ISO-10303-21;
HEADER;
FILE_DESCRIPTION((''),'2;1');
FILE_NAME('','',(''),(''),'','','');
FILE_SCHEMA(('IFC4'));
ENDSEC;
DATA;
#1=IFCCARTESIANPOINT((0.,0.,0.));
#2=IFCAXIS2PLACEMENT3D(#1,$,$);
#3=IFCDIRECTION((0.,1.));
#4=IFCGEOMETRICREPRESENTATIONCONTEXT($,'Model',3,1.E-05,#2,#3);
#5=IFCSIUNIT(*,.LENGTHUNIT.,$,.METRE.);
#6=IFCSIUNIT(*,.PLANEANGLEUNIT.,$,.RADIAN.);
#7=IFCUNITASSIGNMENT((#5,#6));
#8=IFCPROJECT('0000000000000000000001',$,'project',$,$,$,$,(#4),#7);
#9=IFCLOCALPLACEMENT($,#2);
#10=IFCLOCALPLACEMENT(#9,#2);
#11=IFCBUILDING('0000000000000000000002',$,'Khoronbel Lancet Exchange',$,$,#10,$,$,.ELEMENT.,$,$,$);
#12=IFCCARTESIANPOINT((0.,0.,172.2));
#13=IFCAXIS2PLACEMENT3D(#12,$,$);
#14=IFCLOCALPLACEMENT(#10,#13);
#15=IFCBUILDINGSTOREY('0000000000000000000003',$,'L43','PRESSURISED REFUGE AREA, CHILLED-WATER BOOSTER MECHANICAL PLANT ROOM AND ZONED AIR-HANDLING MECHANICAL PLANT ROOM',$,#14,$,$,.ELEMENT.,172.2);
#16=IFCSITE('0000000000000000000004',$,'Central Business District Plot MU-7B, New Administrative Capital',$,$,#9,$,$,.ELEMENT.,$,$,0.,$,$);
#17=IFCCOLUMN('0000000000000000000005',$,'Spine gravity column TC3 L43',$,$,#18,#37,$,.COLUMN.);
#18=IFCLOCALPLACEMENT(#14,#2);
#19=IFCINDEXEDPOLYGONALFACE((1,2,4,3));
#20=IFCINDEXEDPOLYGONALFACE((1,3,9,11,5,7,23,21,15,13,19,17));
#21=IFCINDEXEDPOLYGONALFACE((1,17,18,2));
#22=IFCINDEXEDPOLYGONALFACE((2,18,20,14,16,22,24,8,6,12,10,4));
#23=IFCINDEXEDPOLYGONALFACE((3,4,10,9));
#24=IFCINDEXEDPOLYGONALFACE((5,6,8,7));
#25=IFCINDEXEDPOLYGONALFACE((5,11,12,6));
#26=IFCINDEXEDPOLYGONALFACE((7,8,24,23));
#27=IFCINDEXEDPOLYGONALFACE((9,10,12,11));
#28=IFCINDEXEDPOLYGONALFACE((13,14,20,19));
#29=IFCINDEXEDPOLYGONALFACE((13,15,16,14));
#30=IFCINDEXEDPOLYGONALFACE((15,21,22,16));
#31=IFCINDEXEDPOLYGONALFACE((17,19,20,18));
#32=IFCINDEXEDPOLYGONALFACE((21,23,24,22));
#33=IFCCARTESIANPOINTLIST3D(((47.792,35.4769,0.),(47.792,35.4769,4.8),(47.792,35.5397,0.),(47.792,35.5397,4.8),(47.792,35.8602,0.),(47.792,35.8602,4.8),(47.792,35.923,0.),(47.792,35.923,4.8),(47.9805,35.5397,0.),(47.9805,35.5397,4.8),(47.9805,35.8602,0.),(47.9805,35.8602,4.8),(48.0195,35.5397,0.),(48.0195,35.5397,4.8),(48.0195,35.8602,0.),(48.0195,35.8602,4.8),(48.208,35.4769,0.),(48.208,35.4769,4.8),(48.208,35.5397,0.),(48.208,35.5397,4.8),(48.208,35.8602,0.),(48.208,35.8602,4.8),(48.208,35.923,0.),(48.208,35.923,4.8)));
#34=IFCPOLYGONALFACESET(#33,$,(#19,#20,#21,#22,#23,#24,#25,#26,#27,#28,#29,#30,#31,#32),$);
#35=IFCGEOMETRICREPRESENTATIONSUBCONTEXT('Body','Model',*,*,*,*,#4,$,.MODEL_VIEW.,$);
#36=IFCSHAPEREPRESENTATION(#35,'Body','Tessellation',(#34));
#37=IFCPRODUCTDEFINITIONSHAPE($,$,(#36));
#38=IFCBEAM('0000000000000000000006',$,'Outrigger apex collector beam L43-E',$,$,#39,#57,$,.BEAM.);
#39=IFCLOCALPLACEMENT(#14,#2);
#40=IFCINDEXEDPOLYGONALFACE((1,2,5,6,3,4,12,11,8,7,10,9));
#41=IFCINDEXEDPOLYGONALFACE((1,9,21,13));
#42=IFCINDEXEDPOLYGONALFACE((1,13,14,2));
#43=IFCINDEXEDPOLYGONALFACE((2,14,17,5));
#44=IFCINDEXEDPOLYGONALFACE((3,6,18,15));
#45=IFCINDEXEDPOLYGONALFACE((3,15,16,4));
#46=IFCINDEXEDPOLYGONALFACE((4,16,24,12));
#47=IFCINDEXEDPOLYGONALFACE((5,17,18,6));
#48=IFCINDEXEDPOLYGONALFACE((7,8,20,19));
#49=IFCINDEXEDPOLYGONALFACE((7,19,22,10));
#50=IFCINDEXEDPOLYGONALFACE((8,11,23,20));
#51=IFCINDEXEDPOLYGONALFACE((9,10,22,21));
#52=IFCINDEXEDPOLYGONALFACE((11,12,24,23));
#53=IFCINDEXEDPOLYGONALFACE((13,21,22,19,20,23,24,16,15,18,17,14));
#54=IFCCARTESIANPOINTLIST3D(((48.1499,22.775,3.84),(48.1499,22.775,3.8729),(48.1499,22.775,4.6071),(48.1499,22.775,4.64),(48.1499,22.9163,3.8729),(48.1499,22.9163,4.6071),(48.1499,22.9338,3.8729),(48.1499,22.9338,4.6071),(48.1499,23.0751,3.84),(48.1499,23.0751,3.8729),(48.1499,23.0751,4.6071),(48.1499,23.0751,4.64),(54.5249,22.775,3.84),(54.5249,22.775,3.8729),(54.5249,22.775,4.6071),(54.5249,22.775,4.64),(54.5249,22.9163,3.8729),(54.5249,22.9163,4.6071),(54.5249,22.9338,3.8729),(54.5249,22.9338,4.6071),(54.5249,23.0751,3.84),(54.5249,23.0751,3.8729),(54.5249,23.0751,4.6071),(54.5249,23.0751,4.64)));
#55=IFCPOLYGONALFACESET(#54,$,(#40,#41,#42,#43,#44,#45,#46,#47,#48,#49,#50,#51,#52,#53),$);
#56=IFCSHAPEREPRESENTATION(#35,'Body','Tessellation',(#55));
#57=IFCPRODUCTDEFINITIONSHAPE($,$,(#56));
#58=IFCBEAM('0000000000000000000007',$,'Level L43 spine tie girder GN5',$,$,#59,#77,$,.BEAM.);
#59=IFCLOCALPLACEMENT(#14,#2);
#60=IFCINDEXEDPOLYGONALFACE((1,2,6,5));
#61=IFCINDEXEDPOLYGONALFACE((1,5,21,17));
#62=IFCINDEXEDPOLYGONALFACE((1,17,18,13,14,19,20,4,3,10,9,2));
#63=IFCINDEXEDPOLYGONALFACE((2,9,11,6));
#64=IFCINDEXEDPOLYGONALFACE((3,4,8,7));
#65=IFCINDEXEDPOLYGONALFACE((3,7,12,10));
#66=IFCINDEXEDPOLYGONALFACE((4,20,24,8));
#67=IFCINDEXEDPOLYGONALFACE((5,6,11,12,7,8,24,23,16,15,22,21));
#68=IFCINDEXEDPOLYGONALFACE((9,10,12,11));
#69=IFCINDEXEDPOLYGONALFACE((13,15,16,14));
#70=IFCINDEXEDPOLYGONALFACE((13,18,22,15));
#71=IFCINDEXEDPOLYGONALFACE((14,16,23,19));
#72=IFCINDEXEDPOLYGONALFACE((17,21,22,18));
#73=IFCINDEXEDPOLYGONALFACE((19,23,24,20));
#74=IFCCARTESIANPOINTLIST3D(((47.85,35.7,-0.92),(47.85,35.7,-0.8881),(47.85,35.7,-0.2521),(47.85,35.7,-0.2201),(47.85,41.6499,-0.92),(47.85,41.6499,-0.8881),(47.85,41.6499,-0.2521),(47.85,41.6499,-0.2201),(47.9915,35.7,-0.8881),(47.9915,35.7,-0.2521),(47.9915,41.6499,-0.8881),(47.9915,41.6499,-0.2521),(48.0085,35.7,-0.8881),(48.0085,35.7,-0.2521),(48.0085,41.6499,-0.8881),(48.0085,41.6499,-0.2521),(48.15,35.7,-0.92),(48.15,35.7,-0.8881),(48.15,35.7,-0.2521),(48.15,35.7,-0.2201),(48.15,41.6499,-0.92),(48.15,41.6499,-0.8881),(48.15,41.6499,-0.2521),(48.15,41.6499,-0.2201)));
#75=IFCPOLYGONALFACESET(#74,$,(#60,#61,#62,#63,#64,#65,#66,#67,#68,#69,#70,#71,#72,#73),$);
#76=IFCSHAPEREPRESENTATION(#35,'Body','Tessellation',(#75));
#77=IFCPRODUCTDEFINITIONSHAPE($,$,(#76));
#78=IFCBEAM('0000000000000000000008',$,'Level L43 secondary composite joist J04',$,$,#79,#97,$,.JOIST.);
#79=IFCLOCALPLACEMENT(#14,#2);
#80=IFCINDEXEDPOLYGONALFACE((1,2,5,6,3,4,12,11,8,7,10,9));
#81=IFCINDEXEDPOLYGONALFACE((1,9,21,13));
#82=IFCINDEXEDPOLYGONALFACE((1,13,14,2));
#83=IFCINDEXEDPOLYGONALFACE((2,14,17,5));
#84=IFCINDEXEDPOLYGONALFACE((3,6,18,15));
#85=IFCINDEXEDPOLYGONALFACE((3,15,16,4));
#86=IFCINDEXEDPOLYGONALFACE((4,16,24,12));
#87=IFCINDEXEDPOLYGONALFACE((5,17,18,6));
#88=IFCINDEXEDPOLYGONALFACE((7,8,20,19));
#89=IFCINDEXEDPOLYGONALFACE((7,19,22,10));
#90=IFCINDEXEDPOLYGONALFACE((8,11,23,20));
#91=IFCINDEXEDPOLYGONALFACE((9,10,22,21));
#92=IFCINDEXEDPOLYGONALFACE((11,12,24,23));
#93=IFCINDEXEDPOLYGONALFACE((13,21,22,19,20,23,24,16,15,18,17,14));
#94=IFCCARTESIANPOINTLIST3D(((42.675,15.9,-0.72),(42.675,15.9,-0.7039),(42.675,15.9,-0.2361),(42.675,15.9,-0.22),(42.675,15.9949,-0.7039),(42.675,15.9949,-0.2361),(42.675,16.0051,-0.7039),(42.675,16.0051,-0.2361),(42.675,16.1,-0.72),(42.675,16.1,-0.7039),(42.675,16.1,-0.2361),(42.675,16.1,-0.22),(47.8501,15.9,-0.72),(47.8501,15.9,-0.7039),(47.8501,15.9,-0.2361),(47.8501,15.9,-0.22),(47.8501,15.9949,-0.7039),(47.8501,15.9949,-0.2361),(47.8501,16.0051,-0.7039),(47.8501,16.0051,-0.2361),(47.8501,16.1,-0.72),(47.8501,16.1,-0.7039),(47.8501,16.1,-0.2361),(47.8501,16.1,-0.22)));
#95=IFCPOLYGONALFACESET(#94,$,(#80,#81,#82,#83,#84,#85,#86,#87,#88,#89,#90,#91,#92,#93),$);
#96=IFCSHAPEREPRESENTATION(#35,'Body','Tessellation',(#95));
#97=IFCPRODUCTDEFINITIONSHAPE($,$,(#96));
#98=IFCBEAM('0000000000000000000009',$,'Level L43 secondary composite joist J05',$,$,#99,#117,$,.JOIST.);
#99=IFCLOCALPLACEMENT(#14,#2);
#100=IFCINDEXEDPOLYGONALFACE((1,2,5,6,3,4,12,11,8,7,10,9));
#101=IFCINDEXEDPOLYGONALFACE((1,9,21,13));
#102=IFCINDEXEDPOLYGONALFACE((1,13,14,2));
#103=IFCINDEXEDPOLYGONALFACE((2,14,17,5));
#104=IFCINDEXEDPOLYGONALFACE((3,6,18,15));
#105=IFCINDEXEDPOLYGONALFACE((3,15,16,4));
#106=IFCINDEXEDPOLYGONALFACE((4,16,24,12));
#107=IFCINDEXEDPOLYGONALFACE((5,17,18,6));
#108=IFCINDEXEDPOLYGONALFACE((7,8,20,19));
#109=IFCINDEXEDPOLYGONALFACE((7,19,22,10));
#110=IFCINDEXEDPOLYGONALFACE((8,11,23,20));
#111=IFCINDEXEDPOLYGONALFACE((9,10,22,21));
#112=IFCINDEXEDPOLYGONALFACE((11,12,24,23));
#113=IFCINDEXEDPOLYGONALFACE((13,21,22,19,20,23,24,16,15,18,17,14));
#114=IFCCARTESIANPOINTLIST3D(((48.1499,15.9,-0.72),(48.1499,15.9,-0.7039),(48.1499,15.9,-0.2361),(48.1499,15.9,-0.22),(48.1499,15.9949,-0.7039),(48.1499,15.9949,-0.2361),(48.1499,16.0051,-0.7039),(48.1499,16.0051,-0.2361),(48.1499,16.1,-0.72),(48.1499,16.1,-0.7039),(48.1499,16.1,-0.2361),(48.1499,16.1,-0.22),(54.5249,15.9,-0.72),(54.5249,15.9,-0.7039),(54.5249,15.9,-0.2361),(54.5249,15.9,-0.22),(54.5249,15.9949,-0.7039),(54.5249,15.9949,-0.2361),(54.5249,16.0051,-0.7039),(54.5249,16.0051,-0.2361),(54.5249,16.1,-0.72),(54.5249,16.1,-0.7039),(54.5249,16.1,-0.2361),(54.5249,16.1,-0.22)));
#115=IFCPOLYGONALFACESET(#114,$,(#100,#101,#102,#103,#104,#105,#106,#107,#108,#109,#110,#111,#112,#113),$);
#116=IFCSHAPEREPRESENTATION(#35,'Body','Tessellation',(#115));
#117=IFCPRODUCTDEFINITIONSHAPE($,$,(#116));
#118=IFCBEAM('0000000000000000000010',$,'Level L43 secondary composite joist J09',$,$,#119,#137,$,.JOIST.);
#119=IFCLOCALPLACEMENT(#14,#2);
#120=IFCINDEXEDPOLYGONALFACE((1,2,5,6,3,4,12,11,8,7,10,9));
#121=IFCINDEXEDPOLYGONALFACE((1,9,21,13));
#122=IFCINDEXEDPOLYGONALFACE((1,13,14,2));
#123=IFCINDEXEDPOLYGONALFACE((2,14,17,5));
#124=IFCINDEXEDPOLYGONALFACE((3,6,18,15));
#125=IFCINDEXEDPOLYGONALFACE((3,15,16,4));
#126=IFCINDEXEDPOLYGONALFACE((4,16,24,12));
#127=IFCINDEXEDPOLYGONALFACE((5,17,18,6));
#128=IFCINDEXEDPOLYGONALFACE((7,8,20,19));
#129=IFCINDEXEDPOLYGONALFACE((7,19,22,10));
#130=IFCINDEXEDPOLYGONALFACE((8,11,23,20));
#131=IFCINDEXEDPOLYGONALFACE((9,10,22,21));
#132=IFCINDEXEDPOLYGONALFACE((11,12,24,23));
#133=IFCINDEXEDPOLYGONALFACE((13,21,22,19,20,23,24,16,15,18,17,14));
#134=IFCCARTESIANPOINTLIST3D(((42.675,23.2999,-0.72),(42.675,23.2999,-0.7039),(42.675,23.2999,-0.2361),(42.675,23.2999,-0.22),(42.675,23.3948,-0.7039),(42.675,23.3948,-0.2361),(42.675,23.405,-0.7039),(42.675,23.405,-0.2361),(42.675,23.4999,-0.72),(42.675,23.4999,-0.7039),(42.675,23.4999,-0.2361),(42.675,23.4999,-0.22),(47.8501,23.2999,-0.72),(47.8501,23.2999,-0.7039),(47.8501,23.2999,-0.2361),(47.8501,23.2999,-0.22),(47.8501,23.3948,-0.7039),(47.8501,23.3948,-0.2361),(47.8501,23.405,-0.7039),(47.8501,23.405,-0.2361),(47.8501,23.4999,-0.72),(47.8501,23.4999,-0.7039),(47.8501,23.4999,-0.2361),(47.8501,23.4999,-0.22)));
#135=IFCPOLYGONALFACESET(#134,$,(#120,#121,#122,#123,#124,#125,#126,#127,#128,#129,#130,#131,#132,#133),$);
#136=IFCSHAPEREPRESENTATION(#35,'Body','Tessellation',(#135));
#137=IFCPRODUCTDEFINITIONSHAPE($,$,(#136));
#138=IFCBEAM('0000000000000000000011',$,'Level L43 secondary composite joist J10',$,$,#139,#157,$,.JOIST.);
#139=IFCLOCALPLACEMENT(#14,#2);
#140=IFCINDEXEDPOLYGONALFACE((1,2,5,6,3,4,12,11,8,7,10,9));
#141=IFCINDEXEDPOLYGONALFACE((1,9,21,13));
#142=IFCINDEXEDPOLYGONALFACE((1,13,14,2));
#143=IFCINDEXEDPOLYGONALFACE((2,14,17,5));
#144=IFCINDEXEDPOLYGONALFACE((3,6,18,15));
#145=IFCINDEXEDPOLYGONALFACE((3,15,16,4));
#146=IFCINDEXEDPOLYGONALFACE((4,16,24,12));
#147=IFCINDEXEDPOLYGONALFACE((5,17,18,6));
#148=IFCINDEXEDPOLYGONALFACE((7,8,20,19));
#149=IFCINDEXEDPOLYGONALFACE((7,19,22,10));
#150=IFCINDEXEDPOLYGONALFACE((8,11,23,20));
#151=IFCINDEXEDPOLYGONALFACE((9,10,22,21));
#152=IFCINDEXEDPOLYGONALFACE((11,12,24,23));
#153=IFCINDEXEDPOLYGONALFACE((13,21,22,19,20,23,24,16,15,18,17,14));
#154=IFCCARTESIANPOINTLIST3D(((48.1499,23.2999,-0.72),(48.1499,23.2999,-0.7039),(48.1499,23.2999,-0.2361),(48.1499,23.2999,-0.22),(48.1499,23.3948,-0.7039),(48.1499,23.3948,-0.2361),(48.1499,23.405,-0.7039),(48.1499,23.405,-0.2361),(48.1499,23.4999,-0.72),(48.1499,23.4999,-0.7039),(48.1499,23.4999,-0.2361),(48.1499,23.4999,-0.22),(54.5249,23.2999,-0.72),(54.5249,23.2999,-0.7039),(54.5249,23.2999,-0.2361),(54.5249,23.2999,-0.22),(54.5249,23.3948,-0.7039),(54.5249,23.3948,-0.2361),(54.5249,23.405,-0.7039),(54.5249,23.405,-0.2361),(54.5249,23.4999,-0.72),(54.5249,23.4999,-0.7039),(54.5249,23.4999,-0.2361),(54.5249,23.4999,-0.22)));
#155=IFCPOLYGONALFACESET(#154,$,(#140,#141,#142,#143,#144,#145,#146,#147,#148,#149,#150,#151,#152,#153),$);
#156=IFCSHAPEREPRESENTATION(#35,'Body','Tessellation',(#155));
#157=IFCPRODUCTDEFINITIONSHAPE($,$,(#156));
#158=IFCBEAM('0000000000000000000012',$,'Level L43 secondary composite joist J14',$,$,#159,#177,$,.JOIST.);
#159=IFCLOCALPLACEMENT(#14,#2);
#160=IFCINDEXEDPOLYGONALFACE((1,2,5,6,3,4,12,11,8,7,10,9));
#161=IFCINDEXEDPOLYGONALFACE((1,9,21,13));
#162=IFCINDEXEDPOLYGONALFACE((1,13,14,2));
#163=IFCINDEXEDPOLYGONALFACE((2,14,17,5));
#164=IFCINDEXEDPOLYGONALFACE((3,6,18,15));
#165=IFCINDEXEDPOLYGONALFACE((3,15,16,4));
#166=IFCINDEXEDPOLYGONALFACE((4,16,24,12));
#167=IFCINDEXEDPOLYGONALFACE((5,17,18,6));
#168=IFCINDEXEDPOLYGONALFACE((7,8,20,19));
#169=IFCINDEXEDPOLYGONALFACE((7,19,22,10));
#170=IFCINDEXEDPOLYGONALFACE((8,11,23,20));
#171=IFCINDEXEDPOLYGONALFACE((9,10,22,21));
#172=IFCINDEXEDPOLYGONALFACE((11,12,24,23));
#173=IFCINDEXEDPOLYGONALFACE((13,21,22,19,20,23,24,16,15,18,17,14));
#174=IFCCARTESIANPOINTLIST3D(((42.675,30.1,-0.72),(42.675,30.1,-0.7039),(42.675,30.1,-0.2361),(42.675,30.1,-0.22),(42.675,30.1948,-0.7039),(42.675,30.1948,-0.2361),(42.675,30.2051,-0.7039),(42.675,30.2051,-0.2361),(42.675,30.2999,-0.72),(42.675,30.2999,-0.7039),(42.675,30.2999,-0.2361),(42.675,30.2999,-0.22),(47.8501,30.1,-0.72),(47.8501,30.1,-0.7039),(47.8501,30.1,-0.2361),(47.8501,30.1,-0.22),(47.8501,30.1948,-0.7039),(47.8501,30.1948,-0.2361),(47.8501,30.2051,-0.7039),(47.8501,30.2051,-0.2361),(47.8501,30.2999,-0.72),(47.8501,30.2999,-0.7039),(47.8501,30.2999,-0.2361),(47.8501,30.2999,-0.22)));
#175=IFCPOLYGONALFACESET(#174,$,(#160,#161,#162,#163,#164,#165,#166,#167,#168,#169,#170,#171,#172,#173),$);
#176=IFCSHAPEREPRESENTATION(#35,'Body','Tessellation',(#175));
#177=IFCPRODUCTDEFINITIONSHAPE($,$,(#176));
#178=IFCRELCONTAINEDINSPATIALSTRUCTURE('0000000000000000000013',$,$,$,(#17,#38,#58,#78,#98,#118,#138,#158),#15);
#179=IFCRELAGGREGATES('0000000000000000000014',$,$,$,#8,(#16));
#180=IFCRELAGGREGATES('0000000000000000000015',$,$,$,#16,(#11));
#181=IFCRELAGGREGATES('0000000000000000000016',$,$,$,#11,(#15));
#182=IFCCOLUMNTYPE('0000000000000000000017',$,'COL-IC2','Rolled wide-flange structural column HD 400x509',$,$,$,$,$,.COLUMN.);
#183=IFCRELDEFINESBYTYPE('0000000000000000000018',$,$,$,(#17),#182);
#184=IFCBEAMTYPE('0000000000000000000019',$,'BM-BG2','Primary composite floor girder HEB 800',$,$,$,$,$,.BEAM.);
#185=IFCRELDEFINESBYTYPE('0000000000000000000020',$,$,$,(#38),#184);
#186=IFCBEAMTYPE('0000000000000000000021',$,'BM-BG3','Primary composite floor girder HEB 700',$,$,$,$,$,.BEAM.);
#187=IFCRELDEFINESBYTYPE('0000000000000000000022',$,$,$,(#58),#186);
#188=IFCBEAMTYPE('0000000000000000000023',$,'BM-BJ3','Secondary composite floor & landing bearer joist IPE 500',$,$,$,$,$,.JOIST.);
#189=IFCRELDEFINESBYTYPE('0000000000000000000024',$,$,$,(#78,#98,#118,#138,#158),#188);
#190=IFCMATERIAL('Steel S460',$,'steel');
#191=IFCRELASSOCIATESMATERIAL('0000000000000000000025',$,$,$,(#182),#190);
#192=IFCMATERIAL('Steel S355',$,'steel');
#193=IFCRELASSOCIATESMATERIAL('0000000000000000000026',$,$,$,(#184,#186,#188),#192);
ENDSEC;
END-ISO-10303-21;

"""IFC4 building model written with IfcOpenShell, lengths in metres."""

from ifc_helpers import new_model, si_unit, direction, frame, origin, origin_2d, place, context, subcontext, project, spatial, i_section, extrude, material, material_profile, profile_set, type_object, element, save


model = new_model("IFC4")

# Units and contexts
model_context = context("Model", 3, precision=1e-05, world=origin(), true_north=direction((0.0, 1.0)))
body_context = subcontext(model_context, "Body", "Model", "MODEL_VIEW")
ifc_project = project(units=[si_unit("LENGTHUNIT", "METRE"), si_unit("PLANEANGLEUNIT", "RADIAN")], contexts=[model_context])

# Site, building, storey
site_placement = place(None, origin())
site = spatial("IfcSite", under=ifc_project, at=site_placement, Name="Central Business District Plot MU-7B, New Administrative Capital", CompositionType="ELEMENT", RefElevation=0.0)
building_placement = place(site_placement, origin())
building = spatial("IfcBuilding", under=site, at=building_placement, Name="Khoronbel Lancet Exchange", CompositionType="ELEMENT")
storey_placement = place(building_placement, frame((0.0, 0.0, 172.2)))
storey = spatial("IfcBuildingStorey", under=building, at=storey_placement, Name="L43", Description="PRESSURISED REFUGE AREA, CHILLED-WATER BOOSTER MECHANICAL PLANT ROOM AND ZONED AIR-HANDLING MECHANICAL PLANT ROOM", CompositionType="ELEMENT", Elevation=172.2)

# Column
ifc_material_1 = material(Name="Steel S460", Category="steel")
ifc_material_profile_1 = material_profile(ifc_material_1, i_section(OverallWidth=0.416, OverallDepth=0.446, WebThickness=0.0391, FlangeThickness=0.0627, at=origin_2d()), Name="HD 400x509")
ifc_profile_set_1 = profile_set([ifc_material_profile_1], Name="Steel S460")
column_type = type_object("IfcColumnType", Name="COL-IC2", Description="Rolled wide-flange structural column HD 400x509", PredefinedType="COLUMN", material=ifc_profile_set_1)
column_placement = place(storey_placement, frame((48.0, 35.7, 0.0), z_axis=(0.0, 0.0, 1.0), x_axis=(1.0, 0.0, 0.0)))
element("IfcColumn", 1, at=column_placement, inside=storey, type_object=column_type, Name="Spine gravity column TC3 L43", PredefinedType="COLUMN", context=body_context, shape_type="SweptSolid", body=[
    extrude(i_section(OverallWidth=0.416, OverallDepth=0.446, WebThickness=0.0391, FlangeThickness=0.0627, at=origin_2d()), origin(), (0.0, 0.0, 1.0), 4.8),
])

# Beams
ifc_material_2 = material(Name="Steel S355", Category="steel")
ifc_material_profile_2 = material_profile(ifc_material_2, i_section(OverallWidth=0.3, OverallDepth=0.8, WebThickness=0.0176, FlangeThickness=0.033, at=origin_2d()), Name="HEB 800")
ifc_profile_set_2 = profile_set([ifc_material_profile_2], Name="Steel S355")
beam_type_1 = type_object("IfcBeamType", Name="BM-BG2", Description="Primary composite floor girder HEB 800", PredefinedType="BEAM", material=ifc_profile_set_2)
beam_1_placement = place(storey_placement, frame((48.1499, 22.925, 4.24), z_axis=(1.0, 0.0, 0.0), x_axis=(0.0, 1.0, 0.0)))
element("IfcBeam", 2, at=beam_1_placement, inside=storey, type_object=beam_type_1, Name="Outrigger apex collector beam L43-E", PredefinedType="BEAM", context=body_context, shape_type="SweptSolid", body=[
    extrude(i_section(OverallWidth=0.3, OverallDepth=0.8, WebThickness=0.0176, FlangeThickness=0.033, at=origin_2d()), origin(), (0.0, 0.0, 1.0), 6.375),
])
ifc_material_profile_3 = material_profile(ifc_material_2, i_section(OverallWidth=0.3, OverallDepth=0.7, WebThickness=0.0171, FlangeThickness=0.032, at=origin_2d()), Name="HEB 700")
ifc_profile_set_3 = profile_set([ifc_material_profile_3], Name="Steel S355")
beam_type_2 = type_object("IfcBeamType", Name="BM-BG3", Description="Primary composite floor girder HEB 700", PredefinedType="BEAM", material=ifc_profile_set_3)
beam_2_placement = place(storey_placement, frame((48.0, 35.7, -0.5701), z_axis=(0.0, 1.0, 0.0), x_axis=(-1.0, 0.0, 0.0)))
element("IfcBeam", 3, at=beam_2_placement, inside=storey, type_object=beam_type_2, Name="Level L43 spine tie girder GN5", PredefinedType="BEAM", context=body_context, shape_type="SweptSolid", body=[
    extrude(i_section(OverallWidth=0.3, OverallDepth=0.7, WebThickness=0.0171, FlangeThickness=0.032, at=origin_2d()), origin(), (0.0, 0.0, 1.0), 5.95),
])
ifc_material_profile_4 = material_profile(ifc_material_2, i_section(OverallWidth=0.2, OverallDepth=0.5, WebThickness=0.0103, FlangeThickness=0.0161, at=origin_2d()), Name="IPE 500")
ifc_profile_set_4 = profile_set([ifc_material_profile_4], Name="Steel S355")
beam_type_3 = type_object("IfcBeamType", Name="BM-BJ3", Description="Secondary composite floor & landing bearer joist IPE 500", PredefinedType="JOIST", material=ifc_profile_set_4)
beam_3_placement = place(storey_placement, frame((42.675, 16.0, -0.47), z_axis=(1.0, 0.0, 0.0), x_axis=(0.0, 1.0, 0.0)))
element("IfcBeam", 4, at=beam_3_placement, inside=storey, type_object=beam_type_3, Name="Level L43 secondary composite joist J04", PredefinedType="JOIST", context=body_context, shape_type="SweptSolid", body=[
    extrude(i_section(OverallWidth=0.2, OverallDepth=0.5, WebThickness=0.0103, FlangeThickness=0.0161, at=origin_2d()), origin(), (0.0, 0.0, 1.0), 5.175),
])
beam_4_placement = place(storey_placement, frame((48.1499, 16.0, -0.47), z_axis=(1.0, 0.0, 0.0), x_axis=(0.0, 1.0, 0.0)))
element("IfcBeam", 5, at=beam_4_placement, inside=storey, type_object=beam_type_3, Name="Level L43 secondary composite joist J05", PredefinedType="JOIST", context=body_context, shape_type="SweptSolid", body=[
    extrude(i_section(OverallWidth=0.2, OverallDepth=0.5, WebThickness=0.0103, FlangeThickness=0.0161, at=origin_2d()), origin(), (0.0, 0.0, 1.0), 6.375),
])
beam_5_placement = place(storey_placement, frame((42.675, 23.3999, -0.47), z_axis=(1.0, 0.0, 0.0), x_axis=(0.0, 1.0, 0.0)))
element("IfcBeam", 6, at=beam_5_placement, inside=storey, type_object=beam_type_3, Name="Level L43 secondary composite joist J09", PredefinedType="JOIST", context=body_context, shape_type="SweptSolid", body=[
    extrude(i_section(OverallWidth=0.2, OverallDepth=0.5, WebThickness=0.0103, FlangeThickness=0.0161, at=origin_2d()), origin(), (0.0, 0.0, 1.0), 5.175),
])
beam_6_placement = place(storey_placement, frame((48.1499, 23.3999, -0.47), z_axis=(1.0, 0.0, 0.0), x_axis=(0.0, 1.0, 0.0)))
element("IfcBeam", 7, at=beam_6_placement, inside=storey, type_object=beam_type_3, Name="Level L43 secondary composite joist J10", PredefinedType="JOIST", context=body_context, shape_type="SweptSolid", body=[
    extrude(i_section(OverallWidth=0.2, OverallDepth=0.5, WebThickness=0.0103, FlangeThickness=0.0161, at=origin_2d()), origin(), (0.0, 0.0, 1.0), 6.375),
])
beam_7_placement = place(storey_placement, frame((42.675, 30.2, -0.47), z_axis=(1.0, 0.0, 0.0), x_axis=(0.0, 1.0, 0.0)))
element("IfcBeam", 8, at=beam_7_placement, inside=storey, type_object=beam_type_3, Name="Level L43 secondary composite joist J14", PredefinedType="JOIST", context=body_context, shape_type="SweptSolid", body=[
    extrude(i_section(OverallWidth=0.2, OverallDepth=0.5, WebThickness=0.0103, FlangeThickness=0.0161, at=origin_2d()), origin(), (0.0, 0.0, 1.0), 5.175),
])

save(model, "model.ifc")
